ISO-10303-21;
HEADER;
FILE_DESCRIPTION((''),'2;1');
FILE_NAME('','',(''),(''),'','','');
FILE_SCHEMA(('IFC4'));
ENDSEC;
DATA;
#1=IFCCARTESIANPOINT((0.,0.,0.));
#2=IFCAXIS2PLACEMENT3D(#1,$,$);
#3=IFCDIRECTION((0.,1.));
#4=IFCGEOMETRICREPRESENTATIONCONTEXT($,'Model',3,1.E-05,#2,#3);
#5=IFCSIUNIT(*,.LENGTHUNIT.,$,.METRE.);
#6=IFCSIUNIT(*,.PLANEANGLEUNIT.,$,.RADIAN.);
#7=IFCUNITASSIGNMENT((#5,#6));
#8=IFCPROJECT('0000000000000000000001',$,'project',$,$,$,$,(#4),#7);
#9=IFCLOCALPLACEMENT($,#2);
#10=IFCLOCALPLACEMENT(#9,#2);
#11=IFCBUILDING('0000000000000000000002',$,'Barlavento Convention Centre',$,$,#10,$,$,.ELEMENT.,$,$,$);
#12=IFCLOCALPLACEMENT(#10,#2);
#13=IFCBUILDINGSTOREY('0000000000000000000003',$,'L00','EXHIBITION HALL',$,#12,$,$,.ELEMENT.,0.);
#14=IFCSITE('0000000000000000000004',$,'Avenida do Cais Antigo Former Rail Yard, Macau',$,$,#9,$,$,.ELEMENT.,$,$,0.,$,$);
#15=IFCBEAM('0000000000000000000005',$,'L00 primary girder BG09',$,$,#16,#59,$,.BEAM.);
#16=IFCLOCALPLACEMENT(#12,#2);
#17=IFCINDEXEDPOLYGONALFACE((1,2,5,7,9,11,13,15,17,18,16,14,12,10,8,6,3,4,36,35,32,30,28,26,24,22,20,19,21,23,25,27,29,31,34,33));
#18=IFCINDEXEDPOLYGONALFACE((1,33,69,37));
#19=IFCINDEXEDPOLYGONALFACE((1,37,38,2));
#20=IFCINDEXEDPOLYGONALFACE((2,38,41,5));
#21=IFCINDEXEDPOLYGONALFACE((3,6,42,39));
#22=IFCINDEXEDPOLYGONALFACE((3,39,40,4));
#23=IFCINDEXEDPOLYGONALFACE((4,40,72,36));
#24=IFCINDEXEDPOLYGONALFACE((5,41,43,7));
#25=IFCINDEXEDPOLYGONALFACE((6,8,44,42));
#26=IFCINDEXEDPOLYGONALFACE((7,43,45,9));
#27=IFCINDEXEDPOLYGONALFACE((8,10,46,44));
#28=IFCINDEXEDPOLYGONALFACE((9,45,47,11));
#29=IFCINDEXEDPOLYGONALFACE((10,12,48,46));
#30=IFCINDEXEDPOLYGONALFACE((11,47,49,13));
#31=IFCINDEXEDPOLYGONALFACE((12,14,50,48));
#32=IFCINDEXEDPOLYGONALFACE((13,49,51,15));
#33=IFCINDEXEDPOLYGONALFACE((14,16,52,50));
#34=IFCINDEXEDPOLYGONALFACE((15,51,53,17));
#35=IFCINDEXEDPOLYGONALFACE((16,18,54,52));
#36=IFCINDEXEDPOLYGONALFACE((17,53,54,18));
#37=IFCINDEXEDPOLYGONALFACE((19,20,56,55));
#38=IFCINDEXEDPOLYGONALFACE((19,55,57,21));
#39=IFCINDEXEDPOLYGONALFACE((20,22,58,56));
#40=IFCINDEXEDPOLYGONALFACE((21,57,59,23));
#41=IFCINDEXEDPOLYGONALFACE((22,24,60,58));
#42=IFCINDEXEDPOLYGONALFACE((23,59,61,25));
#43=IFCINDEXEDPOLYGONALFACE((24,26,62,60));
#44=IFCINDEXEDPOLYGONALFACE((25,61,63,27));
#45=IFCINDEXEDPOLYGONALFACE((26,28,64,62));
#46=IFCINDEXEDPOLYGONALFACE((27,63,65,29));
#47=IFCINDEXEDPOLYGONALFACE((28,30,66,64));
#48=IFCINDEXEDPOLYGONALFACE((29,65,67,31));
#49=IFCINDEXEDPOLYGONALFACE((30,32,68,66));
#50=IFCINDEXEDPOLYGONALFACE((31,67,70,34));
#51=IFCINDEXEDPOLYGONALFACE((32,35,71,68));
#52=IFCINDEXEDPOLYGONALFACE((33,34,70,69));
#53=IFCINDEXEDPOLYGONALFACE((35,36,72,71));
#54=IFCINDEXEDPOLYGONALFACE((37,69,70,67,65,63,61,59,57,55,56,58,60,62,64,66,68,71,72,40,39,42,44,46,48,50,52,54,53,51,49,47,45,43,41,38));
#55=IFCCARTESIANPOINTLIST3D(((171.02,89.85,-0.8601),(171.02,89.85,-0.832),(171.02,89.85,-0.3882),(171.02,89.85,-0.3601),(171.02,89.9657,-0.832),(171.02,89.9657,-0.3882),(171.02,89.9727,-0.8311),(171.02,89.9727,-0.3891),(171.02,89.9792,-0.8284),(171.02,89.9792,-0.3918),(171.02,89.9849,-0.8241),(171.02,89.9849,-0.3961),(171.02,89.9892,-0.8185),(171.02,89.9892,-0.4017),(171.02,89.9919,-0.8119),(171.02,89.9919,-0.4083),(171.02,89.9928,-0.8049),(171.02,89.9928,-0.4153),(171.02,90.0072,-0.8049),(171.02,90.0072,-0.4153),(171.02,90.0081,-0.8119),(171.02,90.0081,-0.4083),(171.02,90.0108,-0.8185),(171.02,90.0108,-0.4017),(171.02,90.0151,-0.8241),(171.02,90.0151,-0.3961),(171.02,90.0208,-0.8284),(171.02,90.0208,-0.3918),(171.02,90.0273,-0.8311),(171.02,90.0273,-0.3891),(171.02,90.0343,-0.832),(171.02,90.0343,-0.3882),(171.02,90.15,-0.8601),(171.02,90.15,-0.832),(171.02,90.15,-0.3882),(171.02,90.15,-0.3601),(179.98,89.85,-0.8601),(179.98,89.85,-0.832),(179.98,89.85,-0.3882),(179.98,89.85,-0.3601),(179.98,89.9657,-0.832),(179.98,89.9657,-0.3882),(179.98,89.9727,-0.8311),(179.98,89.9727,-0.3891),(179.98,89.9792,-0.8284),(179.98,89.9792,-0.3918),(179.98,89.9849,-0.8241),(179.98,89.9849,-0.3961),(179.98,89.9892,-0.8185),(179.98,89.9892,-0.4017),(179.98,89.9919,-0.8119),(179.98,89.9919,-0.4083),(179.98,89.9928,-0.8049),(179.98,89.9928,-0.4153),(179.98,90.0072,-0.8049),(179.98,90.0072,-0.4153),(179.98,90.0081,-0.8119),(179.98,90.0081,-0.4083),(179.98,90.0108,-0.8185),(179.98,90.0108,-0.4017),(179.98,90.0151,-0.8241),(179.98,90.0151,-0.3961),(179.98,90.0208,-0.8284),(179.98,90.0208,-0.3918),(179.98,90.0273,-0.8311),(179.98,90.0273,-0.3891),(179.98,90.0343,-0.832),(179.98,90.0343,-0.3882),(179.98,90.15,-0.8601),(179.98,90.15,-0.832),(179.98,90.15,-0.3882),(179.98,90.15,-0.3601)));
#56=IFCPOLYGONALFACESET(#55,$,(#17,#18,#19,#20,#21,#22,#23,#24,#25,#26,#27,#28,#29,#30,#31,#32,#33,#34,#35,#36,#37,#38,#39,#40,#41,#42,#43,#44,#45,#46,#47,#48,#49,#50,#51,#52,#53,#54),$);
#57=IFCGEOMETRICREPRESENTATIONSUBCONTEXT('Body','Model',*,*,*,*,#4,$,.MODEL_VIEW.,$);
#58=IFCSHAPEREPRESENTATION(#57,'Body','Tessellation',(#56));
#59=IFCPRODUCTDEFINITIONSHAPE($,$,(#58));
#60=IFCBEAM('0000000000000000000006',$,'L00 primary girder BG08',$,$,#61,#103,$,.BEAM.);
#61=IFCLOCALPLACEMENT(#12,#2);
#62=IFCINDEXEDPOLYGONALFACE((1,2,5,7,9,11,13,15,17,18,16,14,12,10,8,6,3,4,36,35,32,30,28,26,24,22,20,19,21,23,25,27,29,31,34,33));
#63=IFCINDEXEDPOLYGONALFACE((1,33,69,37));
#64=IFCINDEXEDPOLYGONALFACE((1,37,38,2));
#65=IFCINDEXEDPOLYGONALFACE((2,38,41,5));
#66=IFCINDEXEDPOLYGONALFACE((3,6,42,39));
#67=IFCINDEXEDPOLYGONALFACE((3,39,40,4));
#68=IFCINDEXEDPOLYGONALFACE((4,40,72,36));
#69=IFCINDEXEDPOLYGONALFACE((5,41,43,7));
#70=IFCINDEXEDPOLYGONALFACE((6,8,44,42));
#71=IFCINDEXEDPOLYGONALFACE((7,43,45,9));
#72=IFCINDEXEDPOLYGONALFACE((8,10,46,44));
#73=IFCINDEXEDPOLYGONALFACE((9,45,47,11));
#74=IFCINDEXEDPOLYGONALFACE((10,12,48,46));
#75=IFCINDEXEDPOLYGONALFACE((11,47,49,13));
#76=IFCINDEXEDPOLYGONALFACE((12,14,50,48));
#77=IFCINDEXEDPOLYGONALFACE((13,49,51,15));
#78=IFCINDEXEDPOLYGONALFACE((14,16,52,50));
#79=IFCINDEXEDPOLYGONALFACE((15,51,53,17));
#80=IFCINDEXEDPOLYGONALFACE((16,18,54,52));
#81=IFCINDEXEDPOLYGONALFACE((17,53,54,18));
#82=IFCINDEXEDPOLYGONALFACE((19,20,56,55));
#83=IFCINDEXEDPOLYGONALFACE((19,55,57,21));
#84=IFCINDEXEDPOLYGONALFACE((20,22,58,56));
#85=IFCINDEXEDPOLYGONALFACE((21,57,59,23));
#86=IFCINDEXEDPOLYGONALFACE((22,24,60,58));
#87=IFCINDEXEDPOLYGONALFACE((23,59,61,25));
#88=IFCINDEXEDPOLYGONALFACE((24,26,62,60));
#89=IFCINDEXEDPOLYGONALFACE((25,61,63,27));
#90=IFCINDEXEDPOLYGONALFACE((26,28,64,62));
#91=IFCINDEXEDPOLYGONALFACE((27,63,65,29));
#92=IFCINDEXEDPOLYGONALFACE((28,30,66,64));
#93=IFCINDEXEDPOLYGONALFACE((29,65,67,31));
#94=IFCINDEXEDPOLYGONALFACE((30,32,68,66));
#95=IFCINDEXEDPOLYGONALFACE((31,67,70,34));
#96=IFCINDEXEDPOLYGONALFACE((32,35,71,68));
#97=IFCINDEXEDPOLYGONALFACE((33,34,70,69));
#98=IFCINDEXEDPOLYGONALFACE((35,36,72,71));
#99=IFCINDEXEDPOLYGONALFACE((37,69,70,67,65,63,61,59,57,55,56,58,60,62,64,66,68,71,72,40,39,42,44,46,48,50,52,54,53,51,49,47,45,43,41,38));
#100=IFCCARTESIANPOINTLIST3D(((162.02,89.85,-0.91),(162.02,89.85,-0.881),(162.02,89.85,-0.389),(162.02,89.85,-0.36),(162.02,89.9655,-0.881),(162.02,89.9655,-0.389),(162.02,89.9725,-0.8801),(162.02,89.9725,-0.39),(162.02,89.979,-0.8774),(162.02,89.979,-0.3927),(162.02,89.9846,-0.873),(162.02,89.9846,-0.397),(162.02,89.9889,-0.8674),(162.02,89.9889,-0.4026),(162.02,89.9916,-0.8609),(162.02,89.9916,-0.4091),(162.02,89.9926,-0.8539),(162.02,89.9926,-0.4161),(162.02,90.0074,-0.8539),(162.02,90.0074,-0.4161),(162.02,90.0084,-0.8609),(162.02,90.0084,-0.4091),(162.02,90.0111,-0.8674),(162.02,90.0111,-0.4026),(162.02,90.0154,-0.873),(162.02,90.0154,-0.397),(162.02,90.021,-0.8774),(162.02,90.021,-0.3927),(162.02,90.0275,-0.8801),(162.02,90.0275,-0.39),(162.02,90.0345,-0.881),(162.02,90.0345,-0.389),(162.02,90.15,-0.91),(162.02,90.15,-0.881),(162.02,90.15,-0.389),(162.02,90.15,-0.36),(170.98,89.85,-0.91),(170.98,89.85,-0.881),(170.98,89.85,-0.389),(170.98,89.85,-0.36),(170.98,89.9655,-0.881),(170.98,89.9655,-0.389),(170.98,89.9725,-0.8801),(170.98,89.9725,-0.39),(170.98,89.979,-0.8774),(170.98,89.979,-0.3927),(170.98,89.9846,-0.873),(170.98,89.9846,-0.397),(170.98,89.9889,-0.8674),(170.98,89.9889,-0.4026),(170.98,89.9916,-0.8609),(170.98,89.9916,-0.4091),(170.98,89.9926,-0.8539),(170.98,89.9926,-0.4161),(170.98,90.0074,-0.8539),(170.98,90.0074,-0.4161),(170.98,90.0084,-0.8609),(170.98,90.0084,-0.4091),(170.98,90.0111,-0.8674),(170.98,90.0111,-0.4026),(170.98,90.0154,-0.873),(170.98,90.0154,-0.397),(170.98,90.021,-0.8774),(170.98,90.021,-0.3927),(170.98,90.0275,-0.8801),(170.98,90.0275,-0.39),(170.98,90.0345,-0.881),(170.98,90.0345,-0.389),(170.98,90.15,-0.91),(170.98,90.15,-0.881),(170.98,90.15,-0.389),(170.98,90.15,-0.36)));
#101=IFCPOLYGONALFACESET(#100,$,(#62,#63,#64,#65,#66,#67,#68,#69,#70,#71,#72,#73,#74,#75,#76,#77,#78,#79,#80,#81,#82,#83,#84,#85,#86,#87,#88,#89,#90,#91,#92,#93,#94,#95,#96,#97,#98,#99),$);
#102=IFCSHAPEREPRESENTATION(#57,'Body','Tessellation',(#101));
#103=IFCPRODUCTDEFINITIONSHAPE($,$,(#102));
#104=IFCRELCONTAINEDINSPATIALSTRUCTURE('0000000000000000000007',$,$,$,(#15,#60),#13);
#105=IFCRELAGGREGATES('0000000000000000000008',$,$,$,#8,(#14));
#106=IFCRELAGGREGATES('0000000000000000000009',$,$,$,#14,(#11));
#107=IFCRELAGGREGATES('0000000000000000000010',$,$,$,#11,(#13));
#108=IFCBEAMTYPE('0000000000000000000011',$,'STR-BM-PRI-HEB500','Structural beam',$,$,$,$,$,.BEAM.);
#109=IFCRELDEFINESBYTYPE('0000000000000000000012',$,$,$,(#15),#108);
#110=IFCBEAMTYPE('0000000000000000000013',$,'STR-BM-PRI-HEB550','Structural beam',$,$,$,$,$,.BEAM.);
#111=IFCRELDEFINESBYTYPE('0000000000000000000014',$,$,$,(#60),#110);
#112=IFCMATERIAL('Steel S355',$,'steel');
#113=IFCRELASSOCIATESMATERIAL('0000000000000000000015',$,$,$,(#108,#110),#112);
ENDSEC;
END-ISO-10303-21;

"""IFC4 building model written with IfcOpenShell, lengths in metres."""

from ifc_helpers import new_model, si_unit, direction, frame, origin, origin_2d, place, context, subcontext, project, spatial, i_section, extrude, material, material_profile, profile_set, type_object, element, save


model = new_model("IFC4")

# Units and contexts
model_context = context("Model", 3, precision=1e-05, world=origin(), true_north=direction((0.0, 1.0)))
body_context = subcontext(model_context, "Body", "Model", "MODEL_VIEW")
ifc_project = project(units=[si_unit("LENGTHUNIT", "METRE"), si_unit("PLANEANGLEUNIT", "RADIAN")], contexts=[model_context])

# Site, building, storey
site_placement = place(None, origin())
site = spatial("IfcSite", under=ifc_project, at=site_placement, Name="Avenida do Cais Antigo Former Rail Yard, Macau", CompositionType="ELEMENT", RefElevation=0.0)
building_placement = place(site_placement, origin())
building = spatial("IfcBuilding", under=site, at=building_placement, Name="Barlavento Convention Centre", CompositionType="ELEMENT")
storey_placement = place(building_placement, origin())
storey = spatial("IfcBuildingStorey", under=building, at=storey_placement, Name="L00", Description="EXHIBITION HALL", CompositionType="ELEMENT", Elevation=0.0)

# Beams
ifc_material_1 = material(Name="Steel S355", Category="steel")
ifc_material_profile_1 = material_profile(ifc_material_1, i_section(OverallWidth=0.3, OverallDepth=0.5, WebThickness=0.0144, FlangeThickness=0.0281, FilletRadius=0.0271, at=origin_2d()), Name="HEB 500")
ifc_profile_set_1 = profile_set([ifc_material_profile_1], Name="Steel S355")
beam_type_1 = type_object("IfcBeamType", Name="STR-BM-PRI-HEB500", Description="Structural beam", PredefinedType="BEAM", material=ifc_profile_set_1)
beam_1_placement = place(storey_placement, frame((171.02, 90.0, -0.6101), z_axis=(1.0, 0.0, 0.0), x_axis=(0.0, 1.0, 0.0)))
element("IfcBeam", 1, at=beam_1_placement, inside=storey, type_object=beam_type_1, Name="L00 primary girder BG09", PredefinedType="BEAM", context=body_context, shape_type="SweptSolid", body=[
    extrude(i_section(OverallWidth=0.3, OverallDepth=0.5, WebThickness=0.0144, FlangeThickness=0.0281, FilletRadius=0.0271, at=origin_2d()), origin(), (0.0, 0.0, 1.0), 8.96),
])
ifc_material_profile_2 = material_profile(ifc_material_1, i_section(OverallWidth=0.3, OverallDepth=0.55, WebThickness=0.0149, FlangeThickness=0.0291, FilletRadius=0.0271, at=origin_2d()), Name="HEB 550")
ifc_profile_set_2 = profile_set([ifc_material_profile_2], Name="Steel S355")
beam_type_2 = type_object("IfcBeamType", Name="STR-BM-PRI-HEB550", Description="Structural beam", PredefinedType="BEAM", material=ifc_profile_set_2)
beam_2_placement = place(storey_placement, frame((162.02, 90.0, -0.635), z_axis=(1.0, 0.0, 0.0), x_axis=(0.0, 1.0, 0.0)))
element("IfcBeam", 2, at=beam_2_placement, inside=storey, type_object=beam_type_2, Name="L00 primary girder BG08", PredefinedType="BEAM", context=body_context, shape_type="SweptSolid", body=[
    extrude(i_section(OverallWidth=0.3, OverallDepth=0.55, WebThickness=0.0149, FlangeThickness=0.0291, FilletRadius=0.0271, at=origin_2d()), origin(), (0.0, 0.0, 1.0), 8.96),
])

save(model, "model.ifc")
